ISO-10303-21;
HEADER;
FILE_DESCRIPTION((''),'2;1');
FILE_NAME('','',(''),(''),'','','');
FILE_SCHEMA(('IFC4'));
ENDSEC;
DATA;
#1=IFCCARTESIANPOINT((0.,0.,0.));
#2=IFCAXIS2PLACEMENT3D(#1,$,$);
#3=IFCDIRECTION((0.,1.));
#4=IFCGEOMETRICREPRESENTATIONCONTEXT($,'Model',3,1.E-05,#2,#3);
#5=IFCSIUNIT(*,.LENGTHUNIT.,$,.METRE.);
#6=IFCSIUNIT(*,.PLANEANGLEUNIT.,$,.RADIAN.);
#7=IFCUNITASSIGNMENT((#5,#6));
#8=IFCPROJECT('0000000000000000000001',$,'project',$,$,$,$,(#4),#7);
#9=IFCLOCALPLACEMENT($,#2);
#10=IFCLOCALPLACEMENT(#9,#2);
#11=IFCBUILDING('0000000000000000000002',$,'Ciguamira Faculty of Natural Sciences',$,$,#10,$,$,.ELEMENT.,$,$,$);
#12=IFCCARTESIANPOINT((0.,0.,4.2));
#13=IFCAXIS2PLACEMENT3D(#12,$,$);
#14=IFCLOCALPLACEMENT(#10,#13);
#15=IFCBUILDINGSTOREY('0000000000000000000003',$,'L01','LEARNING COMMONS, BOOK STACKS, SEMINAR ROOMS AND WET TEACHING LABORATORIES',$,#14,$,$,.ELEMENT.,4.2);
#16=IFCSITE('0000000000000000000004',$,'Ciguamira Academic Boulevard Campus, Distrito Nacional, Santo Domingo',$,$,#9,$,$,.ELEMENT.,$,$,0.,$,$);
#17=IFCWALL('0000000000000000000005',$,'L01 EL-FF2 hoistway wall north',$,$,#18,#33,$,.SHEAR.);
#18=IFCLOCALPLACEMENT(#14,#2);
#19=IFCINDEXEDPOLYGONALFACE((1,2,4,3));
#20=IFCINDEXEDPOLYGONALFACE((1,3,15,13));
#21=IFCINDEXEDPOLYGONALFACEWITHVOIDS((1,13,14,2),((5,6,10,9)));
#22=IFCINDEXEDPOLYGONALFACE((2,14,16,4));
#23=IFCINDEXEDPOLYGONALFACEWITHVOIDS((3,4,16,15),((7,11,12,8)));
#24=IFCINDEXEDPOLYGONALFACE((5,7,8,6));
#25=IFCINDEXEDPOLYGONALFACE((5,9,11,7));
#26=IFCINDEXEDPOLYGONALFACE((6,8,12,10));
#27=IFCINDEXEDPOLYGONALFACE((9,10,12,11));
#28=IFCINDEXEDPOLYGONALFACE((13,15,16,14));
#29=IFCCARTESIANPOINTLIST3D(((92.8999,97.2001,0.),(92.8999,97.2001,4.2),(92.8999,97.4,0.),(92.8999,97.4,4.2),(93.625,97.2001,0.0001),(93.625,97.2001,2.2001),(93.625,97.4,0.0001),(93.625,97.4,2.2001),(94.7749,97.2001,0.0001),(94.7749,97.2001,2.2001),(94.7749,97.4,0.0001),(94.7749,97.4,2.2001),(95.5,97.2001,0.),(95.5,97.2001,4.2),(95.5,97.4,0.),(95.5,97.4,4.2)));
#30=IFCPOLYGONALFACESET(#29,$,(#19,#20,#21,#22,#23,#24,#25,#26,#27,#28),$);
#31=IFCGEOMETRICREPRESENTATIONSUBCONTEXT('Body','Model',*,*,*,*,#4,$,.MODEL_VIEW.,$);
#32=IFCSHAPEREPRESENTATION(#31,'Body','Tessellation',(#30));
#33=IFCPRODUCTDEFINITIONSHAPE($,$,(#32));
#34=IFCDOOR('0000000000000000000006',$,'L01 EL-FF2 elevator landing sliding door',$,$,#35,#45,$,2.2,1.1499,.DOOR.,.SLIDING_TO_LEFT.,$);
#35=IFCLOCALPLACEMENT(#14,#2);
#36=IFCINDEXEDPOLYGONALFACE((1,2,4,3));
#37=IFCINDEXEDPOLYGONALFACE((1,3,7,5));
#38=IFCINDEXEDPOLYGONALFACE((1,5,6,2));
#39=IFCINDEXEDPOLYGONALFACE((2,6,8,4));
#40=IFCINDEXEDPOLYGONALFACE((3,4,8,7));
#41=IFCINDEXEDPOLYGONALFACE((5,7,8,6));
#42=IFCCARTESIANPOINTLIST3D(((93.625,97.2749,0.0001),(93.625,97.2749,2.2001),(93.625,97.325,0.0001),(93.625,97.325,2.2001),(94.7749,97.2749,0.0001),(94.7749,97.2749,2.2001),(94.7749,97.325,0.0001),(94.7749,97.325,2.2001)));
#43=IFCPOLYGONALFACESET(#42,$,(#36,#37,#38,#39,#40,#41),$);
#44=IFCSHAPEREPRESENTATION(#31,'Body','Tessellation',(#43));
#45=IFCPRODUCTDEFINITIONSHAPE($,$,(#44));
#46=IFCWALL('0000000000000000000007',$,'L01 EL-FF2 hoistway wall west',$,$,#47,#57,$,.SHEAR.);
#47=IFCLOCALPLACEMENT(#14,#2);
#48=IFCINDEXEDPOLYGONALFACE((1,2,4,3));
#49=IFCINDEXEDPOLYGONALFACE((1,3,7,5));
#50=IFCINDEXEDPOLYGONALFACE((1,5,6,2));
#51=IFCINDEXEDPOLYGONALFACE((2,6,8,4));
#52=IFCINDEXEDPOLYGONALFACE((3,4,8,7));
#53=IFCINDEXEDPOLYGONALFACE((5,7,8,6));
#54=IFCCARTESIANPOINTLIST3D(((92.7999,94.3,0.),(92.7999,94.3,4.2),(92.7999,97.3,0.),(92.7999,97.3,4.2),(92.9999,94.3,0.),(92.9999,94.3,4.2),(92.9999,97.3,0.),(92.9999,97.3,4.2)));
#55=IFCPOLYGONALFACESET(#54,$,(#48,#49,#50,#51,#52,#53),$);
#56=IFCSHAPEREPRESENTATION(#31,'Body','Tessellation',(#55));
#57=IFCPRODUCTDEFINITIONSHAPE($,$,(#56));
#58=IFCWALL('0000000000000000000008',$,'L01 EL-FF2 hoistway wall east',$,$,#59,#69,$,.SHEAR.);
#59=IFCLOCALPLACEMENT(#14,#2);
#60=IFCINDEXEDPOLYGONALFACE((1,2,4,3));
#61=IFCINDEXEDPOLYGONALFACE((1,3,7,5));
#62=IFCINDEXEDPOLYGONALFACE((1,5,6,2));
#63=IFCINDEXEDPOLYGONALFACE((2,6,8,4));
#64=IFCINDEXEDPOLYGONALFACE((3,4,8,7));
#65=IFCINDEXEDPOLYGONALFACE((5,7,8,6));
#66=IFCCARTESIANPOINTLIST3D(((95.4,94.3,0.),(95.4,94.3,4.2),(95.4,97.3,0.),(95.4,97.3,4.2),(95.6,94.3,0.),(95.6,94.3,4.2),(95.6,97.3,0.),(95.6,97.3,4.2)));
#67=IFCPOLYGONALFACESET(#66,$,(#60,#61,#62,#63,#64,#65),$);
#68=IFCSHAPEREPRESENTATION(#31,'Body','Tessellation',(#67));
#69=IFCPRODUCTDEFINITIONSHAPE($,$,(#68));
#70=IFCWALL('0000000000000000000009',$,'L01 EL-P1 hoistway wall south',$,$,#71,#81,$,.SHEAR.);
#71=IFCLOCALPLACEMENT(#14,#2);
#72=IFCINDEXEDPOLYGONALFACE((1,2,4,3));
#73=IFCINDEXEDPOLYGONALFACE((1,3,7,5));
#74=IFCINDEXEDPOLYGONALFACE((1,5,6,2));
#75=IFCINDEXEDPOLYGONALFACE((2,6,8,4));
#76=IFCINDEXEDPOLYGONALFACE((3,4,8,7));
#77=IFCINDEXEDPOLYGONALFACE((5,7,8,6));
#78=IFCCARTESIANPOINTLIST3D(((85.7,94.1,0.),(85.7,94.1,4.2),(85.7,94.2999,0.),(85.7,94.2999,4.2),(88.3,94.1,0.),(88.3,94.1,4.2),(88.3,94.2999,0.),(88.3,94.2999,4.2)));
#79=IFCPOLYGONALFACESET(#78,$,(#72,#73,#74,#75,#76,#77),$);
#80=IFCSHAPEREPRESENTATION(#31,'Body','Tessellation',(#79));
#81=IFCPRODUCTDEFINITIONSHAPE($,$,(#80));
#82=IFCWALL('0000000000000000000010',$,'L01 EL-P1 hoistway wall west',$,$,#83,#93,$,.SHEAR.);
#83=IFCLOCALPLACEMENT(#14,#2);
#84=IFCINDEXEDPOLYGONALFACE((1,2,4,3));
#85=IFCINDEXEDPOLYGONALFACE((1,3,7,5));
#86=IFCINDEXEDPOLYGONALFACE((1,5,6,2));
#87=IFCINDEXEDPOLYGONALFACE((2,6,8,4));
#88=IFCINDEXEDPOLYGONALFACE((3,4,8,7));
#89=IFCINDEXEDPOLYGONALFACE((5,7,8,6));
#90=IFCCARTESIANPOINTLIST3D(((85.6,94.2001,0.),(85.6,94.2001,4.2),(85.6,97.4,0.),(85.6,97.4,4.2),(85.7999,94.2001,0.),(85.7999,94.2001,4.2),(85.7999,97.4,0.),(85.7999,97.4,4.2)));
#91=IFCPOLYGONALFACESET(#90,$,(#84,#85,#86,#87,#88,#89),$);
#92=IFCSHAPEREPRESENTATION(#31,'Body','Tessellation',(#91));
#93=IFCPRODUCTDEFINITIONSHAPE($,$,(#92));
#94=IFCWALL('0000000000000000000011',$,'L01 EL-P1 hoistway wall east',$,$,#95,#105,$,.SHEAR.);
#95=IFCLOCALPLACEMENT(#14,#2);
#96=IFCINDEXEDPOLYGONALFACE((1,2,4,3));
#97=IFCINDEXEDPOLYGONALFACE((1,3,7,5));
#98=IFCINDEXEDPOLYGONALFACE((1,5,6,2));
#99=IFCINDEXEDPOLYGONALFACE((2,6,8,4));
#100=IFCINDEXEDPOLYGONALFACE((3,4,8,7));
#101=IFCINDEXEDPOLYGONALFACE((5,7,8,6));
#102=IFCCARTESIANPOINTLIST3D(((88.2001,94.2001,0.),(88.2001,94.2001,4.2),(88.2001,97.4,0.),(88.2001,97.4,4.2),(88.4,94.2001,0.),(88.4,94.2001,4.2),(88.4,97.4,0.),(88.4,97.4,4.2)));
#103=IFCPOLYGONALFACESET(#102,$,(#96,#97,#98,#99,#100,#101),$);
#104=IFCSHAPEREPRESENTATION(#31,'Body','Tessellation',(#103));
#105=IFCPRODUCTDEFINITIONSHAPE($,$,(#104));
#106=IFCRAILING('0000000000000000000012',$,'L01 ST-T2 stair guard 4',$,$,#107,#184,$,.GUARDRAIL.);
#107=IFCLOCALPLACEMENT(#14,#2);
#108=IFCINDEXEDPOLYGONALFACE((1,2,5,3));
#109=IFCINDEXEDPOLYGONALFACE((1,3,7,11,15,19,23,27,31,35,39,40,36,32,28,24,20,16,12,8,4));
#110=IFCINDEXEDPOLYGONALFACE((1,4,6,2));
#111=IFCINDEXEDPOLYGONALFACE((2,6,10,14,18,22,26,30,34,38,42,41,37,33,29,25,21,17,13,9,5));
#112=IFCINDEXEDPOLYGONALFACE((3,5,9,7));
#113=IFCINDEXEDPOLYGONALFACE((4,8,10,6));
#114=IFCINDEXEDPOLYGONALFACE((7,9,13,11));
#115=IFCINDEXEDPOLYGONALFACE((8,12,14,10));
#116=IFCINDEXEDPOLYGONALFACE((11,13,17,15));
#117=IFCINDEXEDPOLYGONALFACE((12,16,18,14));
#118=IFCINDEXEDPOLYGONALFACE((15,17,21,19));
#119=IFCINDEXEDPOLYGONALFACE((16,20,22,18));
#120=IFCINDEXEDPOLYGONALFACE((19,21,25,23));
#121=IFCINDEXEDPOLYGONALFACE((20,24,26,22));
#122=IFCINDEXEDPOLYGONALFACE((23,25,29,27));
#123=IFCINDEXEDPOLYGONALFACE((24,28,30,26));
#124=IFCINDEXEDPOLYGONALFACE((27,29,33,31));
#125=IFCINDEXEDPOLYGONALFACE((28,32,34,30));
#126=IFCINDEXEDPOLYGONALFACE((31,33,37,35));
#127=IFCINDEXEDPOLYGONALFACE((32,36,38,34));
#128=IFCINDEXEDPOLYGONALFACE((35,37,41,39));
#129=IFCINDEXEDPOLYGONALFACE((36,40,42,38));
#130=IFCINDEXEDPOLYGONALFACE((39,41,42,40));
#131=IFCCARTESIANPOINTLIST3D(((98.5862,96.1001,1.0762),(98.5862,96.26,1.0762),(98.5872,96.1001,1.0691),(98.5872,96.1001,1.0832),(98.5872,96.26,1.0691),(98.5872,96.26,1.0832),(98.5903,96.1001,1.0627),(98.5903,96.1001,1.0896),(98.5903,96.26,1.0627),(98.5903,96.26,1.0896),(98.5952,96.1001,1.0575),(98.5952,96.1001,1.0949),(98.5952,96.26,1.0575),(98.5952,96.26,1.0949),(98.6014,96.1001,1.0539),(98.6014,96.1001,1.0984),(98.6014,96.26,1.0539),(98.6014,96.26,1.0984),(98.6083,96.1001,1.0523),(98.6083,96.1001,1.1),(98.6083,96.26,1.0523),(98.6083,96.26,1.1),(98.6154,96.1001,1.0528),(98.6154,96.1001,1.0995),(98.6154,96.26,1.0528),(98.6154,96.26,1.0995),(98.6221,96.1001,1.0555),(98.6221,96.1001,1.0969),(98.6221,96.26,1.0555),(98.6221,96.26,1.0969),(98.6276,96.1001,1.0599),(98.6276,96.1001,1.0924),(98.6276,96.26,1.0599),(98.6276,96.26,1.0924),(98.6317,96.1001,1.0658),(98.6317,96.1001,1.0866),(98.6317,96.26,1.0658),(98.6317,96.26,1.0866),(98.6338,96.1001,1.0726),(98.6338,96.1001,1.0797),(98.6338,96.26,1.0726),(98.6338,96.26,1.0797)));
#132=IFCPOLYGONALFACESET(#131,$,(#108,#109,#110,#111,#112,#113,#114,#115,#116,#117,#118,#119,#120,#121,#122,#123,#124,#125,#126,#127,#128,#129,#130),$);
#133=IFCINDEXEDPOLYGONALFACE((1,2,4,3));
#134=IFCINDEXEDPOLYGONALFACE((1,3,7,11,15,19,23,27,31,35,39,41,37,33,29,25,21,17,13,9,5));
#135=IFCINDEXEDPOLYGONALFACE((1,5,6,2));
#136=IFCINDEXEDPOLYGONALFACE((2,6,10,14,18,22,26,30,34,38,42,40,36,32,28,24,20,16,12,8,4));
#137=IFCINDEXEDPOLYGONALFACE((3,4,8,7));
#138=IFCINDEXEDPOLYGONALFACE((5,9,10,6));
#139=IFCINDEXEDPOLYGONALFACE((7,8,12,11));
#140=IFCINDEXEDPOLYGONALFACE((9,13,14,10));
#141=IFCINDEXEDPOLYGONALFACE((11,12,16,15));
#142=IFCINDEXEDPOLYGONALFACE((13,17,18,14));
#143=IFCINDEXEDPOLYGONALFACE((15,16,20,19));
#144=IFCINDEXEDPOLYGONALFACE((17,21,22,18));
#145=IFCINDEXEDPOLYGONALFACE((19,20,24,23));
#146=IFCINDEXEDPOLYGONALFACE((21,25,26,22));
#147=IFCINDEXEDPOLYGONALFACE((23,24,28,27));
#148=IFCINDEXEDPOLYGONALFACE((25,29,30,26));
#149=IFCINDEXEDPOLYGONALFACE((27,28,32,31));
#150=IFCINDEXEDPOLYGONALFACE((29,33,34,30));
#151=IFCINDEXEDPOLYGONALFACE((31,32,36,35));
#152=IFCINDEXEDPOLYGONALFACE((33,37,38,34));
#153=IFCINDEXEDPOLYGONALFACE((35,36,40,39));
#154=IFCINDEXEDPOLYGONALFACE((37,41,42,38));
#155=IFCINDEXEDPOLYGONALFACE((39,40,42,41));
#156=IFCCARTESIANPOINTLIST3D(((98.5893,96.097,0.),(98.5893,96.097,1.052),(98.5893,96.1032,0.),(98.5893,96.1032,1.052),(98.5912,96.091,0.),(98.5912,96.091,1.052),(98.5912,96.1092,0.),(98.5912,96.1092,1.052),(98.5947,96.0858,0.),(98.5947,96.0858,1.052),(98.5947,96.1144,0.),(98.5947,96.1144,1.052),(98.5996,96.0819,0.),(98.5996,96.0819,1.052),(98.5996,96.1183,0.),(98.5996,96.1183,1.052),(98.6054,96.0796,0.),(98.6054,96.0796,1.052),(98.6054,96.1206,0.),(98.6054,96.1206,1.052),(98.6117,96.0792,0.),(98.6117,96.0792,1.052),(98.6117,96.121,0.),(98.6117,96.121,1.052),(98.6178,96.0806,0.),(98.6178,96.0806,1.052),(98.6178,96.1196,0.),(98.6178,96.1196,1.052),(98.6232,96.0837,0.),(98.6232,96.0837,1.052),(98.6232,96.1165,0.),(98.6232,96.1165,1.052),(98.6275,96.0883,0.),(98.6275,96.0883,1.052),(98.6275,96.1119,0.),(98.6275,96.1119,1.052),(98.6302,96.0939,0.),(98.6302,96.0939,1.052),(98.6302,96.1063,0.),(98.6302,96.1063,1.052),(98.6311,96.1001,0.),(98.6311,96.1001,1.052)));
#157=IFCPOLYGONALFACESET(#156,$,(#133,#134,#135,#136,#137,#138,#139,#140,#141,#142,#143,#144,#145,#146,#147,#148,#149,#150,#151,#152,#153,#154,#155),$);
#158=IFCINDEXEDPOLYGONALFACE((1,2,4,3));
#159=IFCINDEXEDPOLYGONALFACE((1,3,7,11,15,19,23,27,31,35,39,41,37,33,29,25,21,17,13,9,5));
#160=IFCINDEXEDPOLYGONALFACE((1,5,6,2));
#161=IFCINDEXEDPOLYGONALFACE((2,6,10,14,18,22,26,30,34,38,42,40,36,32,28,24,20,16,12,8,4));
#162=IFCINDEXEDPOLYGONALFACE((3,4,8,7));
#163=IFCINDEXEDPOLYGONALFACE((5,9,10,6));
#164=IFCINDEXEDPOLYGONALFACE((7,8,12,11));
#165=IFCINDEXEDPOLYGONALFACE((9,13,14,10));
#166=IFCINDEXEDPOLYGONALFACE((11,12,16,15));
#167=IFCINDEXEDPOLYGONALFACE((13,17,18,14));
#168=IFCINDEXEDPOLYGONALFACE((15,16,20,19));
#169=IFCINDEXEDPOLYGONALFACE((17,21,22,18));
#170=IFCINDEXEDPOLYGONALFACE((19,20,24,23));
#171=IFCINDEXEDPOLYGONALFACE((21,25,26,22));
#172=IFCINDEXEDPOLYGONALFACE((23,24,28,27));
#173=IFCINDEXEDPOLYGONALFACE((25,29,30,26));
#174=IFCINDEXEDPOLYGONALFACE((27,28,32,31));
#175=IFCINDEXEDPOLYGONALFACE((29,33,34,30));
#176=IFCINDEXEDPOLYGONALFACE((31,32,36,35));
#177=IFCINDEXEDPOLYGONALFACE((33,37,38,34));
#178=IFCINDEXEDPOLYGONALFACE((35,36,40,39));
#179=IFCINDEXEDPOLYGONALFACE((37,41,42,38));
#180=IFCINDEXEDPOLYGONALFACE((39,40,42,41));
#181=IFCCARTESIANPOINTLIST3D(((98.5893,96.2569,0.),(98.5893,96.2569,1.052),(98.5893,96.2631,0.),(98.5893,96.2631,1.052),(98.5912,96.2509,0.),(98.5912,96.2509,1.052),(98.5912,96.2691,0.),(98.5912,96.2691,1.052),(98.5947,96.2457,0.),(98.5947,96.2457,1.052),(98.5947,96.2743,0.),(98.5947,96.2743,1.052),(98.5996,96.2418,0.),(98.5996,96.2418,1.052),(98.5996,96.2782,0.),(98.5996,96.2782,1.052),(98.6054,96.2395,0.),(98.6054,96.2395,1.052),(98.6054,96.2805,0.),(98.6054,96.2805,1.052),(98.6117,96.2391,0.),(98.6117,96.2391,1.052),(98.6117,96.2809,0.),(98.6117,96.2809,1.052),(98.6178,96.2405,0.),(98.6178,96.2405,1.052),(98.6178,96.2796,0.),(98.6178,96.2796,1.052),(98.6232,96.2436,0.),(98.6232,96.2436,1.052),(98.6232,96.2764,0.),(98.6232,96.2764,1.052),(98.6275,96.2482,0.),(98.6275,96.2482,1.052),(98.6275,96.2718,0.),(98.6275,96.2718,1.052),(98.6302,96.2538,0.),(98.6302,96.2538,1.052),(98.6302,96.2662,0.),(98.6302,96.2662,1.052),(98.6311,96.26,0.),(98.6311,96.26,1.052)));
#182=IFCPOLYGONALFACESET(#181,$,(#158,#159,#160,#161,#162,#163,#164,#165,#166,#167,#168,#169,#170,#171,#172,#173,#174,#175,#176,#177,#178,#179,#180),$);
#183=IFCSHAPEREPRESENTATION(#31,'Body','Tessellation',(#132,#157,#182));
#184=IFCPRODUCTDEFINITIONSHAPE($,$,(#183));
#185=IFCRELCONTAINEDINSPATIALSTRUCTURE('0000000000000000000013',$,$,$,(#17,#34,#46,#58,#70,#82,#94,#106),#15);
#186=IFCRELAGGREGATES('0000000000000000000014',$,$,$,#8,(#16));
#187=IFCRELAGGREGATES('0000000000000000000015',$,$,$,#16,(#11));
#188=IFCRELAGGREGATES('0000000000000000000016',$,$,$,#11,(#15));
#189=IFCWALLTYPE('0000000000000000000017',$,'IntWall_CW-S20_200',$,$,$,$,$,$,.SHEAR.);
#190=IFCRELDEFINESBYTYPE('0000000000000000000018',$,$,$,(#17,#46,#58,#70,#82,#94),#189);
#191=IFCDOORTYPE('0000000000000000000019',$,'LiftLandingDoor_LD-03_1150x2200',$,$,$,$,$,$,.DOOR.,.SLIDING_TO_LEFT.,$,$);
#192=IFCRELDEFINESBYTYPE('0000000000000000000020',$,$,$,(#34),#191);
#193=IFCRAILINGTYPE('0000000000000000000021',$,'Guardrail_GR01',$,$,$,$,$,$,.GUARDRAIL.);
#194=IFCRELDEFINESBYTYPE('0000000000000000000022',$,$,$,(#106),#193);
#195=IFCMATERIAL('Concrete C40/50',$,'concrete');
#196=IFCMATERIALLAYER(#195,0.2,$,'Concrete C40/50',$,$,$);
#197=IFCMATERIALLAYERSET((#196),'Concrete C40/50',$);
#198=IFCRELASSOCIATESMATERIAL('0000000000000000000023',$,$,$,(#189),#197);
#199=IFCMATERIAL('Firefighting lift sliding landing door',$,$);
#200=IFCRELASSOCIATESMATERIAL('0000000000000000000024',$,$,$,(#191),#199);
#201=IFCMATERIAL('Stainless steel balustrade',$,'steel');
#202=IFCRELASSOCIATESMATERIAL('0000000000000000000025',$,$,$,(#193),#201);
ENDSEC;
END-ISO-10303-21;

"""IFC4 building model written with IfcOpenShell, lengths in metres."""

from ifc_helpers import new_model, si_unit, direction, frame, frame_2d, origin, origin_2d, place, context, subcontext, project, spatial, rectangle, circle, extrude, material, layer, layer_set, type_object, element, fill, save


model = new_model("IFC4")

# Units and contexts
model_context = context("Model", 3, precision=1e-05, world=origin(), true_north=direction((0.0, 1.0)))
body_context = subcontext(model_context, "Body", "Model", "MODEL_VIEW")
ifc_project = project(units=[si_unit("LENGTHUNIT", "METRE"), si_unit("PLANEANGLEUNIT", "RADIAN")], contexts=[model_context])

# Site, building, storey
site_placement = place(None, origin())
site = spatial("IfcSite", under=ifc_project, at=site_placement, Name="Ciguamira Academic Boulevard Campus, Distrito Nacional, Santo Domingo", CompositionType="ELEMENT", RefElevation=0.0)
building_placement = place(site_placement, origin())
building = spatial("IfcBuilding", under=site, at=building_placement, Name="Ciguamira Faculty of Natural Sciences", CompositionType="ELEMENT")
storey_placement = place(building_placement, frame((0.0, 0.0, 4.2)))
storey = spatial("IfcBuildingStorey", under=building, at=storey_placement, Name="L01", Description="LEARNING COMMONS, BOOK STACKS, SEMINAR ROOMS AND WET TEACHING LABORATORIES", CompositionType="ELEMENT", Elevation=4.2)

# Shared definitions
ifc_material_1 = material(Name="Concrete C40/50", Category="concrete")

# Shared definitions
ifc_layer_1 = layer(ifc_material_1, 0.2, Name="Concrete C40/50")
ifc_layer_set_1 = layer_set([ifc_layer_1], Name="Concrete C40/50")
wall_type = type_object("IfcWallType", Name="IntWall_CW-S20_200", PredefinedType="SHEAR", material=ifc_layer_set_1)

# Wall, opening, door
wall_1_placement = place(storey_placement, frame((92.8999, 97.3, 0.0), z_axis=(0.0, 0.0, 1.0), x_axis=(1.0, 0.0, 0.0)))
wall_1 = element("IfcWall", 1, at=wall_1_placement, inside=storey, type_object=wall_type, Name="L01 EL-FF2 hoistway wall north", PredefinedType="SHEAR", context=body_context, shape_type="SweptSolid", body=[
    extrude(rectangle(XDim=2.6001, YDim=0.2, at=frame_2d((1.3, 0.0))), origin(), (0.0, 0.0, 1.0), 4.2),
])
opening_placement = place(wall_1_placement, frame((0.7251, 0.0, 0.0)))
opening = element("IfcOpeningElement", 2, at=opening_placement, cuts=wall_1, PredefinedType="OPENING", context=body_context, shape_type="SweptSolid", body=[
    extrude(rectangle(XDim=1.1499, YDim=2.2, at=frame_2d((0.575, 1.1001))), frame((0.0, 0.1099, 0.0), z_axis=(0.0, -1.0, 0.0), x_axis=(1.0, 0.0, 0.0)), (0.0, 0.0, 1.0), 0.22),
])
ifc_material_2 = material(Name="Firefighting lift sliding landing door")
door_type = type_object("IfcDoorType", Name="LiftLandingDoor_LD-03_1150x2200", OperationType="SLIDING_TO_LEFT", PredefinedType="DOOR", material=ifc_material_2)
door_placement = place(opening_placement, origin())
door = element("IfcDoor", 3, at=door_placement, inside=storey, type_object=door_type, Name="L01 EL-FF2 elevator landing sliding door", OperationType="SLIDING_TO_LEFT", OverallHeight=2.2, OverallWidth=1.1499, PredefinedType="DOOR", context=body_context, shape_type="SweptSolid", body=[
    extrude(rectangle(XDim=1.1499, YDim=2.2, at=frame_2d((0.575, 1.1001))), frame((0.0, 0.0249, 0.0), z_axis=(0.0, -1.0, 0.0), x_axis=(1.0, 0.0, 0.0)), (0.0, 0.0, 1.0), 0.05),
])
fill(opening, door)

# Walls
for number, where, z_axis, x_axis, name in (
    (4, (92.8999, 94.3, 0.0), (0.0, 0.0, 1.0), (0.0, 1.0, 0.0), "L01 EL-FF2 hoistway wall west"),
    (5, (95.5, 94.3, 0.0), (0.0, 0.0, 1.0), (0.0, 1.0, 0.0), "L01 EL-FF2 hoistway wall east"),
):
    element("IfcWall", number, at=place(storey_placement, frame(where, z_axis=z_axis, x_axis=x_axis)), inside=storey, type_object=wall_type, Name=name, PredefinedType="SHEAR", context=body_context, shape_type="SweptSolid", body=[
        extrude(rectangle(XDim=3.0, YDim=0.2, at=frame_2d((1.5, 0.0))), origin(), (0.0, 0.0, 1.0), 4.2),
    ])
wall_2_placement = place(storey_placement, frame((85.7, 94.2, 0.0), z_axis=(0.0, 0.0, 1.0), x_axis=(1.0, 0.0, 0.0)))
element("IfcWall", 6, at=wall_2_placement, inside=storey, type_object=wall_type, Name="L01 EL-P1 hoistway wall south", PredefinedType="SHEAR", context=body_context, shape_type="SweptSolid", body=[
    extrude(rectangle(XDim=2.6001, YDim=0.2, at=frame_2d((1.3, 0.0))), origin(), (0.0, 0.0, 1.0), 4.2),
])
for number, where, z_axis, x_axis, name in (
    (7, (85.7, 94.2, 0.0), (0.0, 0.0, 1.0), (0.0, 1.0, 0.0), "L01 EL-P1 hoistway wall west"),
    (8, (88.3, 94.2, 0.0), (0.0, 0.0, 1.0), (0.0, 1.0, 0.0), "L01 EL-P1 hoistway wall east"),
):
    element("IfcWall", number, at=place(storey_placement, frame(where, z_axis=z_axis, x_axis=x_axis)), inside=storey, type_object=wall_type, Name=name, PredefinedType="SHEAR", context=body_context, shape_type="SweptSolid", body=[
        extrude(rectangle(XDim=3.2, YDim=0.2, at=frame_2d((1.6001, 0.0))), origin(), (0.0, 0.0, 1.0), 4.2),
    ])

# Railing
ifc_material_3 = material(Name="Stainless steel balustrade", Category="steel")
railing_type_1 = type_object("IfcRailingType", Name="Guardrail_GR01", PredefinedType="GUARDRAIL", material=ifc_material_3)
railing_1_placement = place(storey_placement, frame((98.6101, 96.1001, 0.0)))
element("IfcRailing", 9, at=railing_1_placement, inside=storey, type_object=railing_type_1, Name="L01 ST-T2 stair guard 4", PredefinedType="GUARDRAIL", context=body_context, shape_type="SweptSolid", body=[
    extrude(circle(Radius=0.0239, at=origin_2d()), frame((0.0, 0.0, 1.0762), z_axis=(0.0, 1.0, 0.0), x_axis=(-1.0, 0.0, 0.0)), (0.0, 0.0, 1.0), 0.1599),
    extrude(circle(Radius=0.021, at=origin_2d()), origin(), (0.0, 0.0, 1.0), 1.052),
    extrude(circle(Radius=0.021, at=origin_2d()), frame((0.0, 0.1599, 0.0)), (0.0, 0.0, 1.0), 1.052),
])

save(model, "model.ifc")
